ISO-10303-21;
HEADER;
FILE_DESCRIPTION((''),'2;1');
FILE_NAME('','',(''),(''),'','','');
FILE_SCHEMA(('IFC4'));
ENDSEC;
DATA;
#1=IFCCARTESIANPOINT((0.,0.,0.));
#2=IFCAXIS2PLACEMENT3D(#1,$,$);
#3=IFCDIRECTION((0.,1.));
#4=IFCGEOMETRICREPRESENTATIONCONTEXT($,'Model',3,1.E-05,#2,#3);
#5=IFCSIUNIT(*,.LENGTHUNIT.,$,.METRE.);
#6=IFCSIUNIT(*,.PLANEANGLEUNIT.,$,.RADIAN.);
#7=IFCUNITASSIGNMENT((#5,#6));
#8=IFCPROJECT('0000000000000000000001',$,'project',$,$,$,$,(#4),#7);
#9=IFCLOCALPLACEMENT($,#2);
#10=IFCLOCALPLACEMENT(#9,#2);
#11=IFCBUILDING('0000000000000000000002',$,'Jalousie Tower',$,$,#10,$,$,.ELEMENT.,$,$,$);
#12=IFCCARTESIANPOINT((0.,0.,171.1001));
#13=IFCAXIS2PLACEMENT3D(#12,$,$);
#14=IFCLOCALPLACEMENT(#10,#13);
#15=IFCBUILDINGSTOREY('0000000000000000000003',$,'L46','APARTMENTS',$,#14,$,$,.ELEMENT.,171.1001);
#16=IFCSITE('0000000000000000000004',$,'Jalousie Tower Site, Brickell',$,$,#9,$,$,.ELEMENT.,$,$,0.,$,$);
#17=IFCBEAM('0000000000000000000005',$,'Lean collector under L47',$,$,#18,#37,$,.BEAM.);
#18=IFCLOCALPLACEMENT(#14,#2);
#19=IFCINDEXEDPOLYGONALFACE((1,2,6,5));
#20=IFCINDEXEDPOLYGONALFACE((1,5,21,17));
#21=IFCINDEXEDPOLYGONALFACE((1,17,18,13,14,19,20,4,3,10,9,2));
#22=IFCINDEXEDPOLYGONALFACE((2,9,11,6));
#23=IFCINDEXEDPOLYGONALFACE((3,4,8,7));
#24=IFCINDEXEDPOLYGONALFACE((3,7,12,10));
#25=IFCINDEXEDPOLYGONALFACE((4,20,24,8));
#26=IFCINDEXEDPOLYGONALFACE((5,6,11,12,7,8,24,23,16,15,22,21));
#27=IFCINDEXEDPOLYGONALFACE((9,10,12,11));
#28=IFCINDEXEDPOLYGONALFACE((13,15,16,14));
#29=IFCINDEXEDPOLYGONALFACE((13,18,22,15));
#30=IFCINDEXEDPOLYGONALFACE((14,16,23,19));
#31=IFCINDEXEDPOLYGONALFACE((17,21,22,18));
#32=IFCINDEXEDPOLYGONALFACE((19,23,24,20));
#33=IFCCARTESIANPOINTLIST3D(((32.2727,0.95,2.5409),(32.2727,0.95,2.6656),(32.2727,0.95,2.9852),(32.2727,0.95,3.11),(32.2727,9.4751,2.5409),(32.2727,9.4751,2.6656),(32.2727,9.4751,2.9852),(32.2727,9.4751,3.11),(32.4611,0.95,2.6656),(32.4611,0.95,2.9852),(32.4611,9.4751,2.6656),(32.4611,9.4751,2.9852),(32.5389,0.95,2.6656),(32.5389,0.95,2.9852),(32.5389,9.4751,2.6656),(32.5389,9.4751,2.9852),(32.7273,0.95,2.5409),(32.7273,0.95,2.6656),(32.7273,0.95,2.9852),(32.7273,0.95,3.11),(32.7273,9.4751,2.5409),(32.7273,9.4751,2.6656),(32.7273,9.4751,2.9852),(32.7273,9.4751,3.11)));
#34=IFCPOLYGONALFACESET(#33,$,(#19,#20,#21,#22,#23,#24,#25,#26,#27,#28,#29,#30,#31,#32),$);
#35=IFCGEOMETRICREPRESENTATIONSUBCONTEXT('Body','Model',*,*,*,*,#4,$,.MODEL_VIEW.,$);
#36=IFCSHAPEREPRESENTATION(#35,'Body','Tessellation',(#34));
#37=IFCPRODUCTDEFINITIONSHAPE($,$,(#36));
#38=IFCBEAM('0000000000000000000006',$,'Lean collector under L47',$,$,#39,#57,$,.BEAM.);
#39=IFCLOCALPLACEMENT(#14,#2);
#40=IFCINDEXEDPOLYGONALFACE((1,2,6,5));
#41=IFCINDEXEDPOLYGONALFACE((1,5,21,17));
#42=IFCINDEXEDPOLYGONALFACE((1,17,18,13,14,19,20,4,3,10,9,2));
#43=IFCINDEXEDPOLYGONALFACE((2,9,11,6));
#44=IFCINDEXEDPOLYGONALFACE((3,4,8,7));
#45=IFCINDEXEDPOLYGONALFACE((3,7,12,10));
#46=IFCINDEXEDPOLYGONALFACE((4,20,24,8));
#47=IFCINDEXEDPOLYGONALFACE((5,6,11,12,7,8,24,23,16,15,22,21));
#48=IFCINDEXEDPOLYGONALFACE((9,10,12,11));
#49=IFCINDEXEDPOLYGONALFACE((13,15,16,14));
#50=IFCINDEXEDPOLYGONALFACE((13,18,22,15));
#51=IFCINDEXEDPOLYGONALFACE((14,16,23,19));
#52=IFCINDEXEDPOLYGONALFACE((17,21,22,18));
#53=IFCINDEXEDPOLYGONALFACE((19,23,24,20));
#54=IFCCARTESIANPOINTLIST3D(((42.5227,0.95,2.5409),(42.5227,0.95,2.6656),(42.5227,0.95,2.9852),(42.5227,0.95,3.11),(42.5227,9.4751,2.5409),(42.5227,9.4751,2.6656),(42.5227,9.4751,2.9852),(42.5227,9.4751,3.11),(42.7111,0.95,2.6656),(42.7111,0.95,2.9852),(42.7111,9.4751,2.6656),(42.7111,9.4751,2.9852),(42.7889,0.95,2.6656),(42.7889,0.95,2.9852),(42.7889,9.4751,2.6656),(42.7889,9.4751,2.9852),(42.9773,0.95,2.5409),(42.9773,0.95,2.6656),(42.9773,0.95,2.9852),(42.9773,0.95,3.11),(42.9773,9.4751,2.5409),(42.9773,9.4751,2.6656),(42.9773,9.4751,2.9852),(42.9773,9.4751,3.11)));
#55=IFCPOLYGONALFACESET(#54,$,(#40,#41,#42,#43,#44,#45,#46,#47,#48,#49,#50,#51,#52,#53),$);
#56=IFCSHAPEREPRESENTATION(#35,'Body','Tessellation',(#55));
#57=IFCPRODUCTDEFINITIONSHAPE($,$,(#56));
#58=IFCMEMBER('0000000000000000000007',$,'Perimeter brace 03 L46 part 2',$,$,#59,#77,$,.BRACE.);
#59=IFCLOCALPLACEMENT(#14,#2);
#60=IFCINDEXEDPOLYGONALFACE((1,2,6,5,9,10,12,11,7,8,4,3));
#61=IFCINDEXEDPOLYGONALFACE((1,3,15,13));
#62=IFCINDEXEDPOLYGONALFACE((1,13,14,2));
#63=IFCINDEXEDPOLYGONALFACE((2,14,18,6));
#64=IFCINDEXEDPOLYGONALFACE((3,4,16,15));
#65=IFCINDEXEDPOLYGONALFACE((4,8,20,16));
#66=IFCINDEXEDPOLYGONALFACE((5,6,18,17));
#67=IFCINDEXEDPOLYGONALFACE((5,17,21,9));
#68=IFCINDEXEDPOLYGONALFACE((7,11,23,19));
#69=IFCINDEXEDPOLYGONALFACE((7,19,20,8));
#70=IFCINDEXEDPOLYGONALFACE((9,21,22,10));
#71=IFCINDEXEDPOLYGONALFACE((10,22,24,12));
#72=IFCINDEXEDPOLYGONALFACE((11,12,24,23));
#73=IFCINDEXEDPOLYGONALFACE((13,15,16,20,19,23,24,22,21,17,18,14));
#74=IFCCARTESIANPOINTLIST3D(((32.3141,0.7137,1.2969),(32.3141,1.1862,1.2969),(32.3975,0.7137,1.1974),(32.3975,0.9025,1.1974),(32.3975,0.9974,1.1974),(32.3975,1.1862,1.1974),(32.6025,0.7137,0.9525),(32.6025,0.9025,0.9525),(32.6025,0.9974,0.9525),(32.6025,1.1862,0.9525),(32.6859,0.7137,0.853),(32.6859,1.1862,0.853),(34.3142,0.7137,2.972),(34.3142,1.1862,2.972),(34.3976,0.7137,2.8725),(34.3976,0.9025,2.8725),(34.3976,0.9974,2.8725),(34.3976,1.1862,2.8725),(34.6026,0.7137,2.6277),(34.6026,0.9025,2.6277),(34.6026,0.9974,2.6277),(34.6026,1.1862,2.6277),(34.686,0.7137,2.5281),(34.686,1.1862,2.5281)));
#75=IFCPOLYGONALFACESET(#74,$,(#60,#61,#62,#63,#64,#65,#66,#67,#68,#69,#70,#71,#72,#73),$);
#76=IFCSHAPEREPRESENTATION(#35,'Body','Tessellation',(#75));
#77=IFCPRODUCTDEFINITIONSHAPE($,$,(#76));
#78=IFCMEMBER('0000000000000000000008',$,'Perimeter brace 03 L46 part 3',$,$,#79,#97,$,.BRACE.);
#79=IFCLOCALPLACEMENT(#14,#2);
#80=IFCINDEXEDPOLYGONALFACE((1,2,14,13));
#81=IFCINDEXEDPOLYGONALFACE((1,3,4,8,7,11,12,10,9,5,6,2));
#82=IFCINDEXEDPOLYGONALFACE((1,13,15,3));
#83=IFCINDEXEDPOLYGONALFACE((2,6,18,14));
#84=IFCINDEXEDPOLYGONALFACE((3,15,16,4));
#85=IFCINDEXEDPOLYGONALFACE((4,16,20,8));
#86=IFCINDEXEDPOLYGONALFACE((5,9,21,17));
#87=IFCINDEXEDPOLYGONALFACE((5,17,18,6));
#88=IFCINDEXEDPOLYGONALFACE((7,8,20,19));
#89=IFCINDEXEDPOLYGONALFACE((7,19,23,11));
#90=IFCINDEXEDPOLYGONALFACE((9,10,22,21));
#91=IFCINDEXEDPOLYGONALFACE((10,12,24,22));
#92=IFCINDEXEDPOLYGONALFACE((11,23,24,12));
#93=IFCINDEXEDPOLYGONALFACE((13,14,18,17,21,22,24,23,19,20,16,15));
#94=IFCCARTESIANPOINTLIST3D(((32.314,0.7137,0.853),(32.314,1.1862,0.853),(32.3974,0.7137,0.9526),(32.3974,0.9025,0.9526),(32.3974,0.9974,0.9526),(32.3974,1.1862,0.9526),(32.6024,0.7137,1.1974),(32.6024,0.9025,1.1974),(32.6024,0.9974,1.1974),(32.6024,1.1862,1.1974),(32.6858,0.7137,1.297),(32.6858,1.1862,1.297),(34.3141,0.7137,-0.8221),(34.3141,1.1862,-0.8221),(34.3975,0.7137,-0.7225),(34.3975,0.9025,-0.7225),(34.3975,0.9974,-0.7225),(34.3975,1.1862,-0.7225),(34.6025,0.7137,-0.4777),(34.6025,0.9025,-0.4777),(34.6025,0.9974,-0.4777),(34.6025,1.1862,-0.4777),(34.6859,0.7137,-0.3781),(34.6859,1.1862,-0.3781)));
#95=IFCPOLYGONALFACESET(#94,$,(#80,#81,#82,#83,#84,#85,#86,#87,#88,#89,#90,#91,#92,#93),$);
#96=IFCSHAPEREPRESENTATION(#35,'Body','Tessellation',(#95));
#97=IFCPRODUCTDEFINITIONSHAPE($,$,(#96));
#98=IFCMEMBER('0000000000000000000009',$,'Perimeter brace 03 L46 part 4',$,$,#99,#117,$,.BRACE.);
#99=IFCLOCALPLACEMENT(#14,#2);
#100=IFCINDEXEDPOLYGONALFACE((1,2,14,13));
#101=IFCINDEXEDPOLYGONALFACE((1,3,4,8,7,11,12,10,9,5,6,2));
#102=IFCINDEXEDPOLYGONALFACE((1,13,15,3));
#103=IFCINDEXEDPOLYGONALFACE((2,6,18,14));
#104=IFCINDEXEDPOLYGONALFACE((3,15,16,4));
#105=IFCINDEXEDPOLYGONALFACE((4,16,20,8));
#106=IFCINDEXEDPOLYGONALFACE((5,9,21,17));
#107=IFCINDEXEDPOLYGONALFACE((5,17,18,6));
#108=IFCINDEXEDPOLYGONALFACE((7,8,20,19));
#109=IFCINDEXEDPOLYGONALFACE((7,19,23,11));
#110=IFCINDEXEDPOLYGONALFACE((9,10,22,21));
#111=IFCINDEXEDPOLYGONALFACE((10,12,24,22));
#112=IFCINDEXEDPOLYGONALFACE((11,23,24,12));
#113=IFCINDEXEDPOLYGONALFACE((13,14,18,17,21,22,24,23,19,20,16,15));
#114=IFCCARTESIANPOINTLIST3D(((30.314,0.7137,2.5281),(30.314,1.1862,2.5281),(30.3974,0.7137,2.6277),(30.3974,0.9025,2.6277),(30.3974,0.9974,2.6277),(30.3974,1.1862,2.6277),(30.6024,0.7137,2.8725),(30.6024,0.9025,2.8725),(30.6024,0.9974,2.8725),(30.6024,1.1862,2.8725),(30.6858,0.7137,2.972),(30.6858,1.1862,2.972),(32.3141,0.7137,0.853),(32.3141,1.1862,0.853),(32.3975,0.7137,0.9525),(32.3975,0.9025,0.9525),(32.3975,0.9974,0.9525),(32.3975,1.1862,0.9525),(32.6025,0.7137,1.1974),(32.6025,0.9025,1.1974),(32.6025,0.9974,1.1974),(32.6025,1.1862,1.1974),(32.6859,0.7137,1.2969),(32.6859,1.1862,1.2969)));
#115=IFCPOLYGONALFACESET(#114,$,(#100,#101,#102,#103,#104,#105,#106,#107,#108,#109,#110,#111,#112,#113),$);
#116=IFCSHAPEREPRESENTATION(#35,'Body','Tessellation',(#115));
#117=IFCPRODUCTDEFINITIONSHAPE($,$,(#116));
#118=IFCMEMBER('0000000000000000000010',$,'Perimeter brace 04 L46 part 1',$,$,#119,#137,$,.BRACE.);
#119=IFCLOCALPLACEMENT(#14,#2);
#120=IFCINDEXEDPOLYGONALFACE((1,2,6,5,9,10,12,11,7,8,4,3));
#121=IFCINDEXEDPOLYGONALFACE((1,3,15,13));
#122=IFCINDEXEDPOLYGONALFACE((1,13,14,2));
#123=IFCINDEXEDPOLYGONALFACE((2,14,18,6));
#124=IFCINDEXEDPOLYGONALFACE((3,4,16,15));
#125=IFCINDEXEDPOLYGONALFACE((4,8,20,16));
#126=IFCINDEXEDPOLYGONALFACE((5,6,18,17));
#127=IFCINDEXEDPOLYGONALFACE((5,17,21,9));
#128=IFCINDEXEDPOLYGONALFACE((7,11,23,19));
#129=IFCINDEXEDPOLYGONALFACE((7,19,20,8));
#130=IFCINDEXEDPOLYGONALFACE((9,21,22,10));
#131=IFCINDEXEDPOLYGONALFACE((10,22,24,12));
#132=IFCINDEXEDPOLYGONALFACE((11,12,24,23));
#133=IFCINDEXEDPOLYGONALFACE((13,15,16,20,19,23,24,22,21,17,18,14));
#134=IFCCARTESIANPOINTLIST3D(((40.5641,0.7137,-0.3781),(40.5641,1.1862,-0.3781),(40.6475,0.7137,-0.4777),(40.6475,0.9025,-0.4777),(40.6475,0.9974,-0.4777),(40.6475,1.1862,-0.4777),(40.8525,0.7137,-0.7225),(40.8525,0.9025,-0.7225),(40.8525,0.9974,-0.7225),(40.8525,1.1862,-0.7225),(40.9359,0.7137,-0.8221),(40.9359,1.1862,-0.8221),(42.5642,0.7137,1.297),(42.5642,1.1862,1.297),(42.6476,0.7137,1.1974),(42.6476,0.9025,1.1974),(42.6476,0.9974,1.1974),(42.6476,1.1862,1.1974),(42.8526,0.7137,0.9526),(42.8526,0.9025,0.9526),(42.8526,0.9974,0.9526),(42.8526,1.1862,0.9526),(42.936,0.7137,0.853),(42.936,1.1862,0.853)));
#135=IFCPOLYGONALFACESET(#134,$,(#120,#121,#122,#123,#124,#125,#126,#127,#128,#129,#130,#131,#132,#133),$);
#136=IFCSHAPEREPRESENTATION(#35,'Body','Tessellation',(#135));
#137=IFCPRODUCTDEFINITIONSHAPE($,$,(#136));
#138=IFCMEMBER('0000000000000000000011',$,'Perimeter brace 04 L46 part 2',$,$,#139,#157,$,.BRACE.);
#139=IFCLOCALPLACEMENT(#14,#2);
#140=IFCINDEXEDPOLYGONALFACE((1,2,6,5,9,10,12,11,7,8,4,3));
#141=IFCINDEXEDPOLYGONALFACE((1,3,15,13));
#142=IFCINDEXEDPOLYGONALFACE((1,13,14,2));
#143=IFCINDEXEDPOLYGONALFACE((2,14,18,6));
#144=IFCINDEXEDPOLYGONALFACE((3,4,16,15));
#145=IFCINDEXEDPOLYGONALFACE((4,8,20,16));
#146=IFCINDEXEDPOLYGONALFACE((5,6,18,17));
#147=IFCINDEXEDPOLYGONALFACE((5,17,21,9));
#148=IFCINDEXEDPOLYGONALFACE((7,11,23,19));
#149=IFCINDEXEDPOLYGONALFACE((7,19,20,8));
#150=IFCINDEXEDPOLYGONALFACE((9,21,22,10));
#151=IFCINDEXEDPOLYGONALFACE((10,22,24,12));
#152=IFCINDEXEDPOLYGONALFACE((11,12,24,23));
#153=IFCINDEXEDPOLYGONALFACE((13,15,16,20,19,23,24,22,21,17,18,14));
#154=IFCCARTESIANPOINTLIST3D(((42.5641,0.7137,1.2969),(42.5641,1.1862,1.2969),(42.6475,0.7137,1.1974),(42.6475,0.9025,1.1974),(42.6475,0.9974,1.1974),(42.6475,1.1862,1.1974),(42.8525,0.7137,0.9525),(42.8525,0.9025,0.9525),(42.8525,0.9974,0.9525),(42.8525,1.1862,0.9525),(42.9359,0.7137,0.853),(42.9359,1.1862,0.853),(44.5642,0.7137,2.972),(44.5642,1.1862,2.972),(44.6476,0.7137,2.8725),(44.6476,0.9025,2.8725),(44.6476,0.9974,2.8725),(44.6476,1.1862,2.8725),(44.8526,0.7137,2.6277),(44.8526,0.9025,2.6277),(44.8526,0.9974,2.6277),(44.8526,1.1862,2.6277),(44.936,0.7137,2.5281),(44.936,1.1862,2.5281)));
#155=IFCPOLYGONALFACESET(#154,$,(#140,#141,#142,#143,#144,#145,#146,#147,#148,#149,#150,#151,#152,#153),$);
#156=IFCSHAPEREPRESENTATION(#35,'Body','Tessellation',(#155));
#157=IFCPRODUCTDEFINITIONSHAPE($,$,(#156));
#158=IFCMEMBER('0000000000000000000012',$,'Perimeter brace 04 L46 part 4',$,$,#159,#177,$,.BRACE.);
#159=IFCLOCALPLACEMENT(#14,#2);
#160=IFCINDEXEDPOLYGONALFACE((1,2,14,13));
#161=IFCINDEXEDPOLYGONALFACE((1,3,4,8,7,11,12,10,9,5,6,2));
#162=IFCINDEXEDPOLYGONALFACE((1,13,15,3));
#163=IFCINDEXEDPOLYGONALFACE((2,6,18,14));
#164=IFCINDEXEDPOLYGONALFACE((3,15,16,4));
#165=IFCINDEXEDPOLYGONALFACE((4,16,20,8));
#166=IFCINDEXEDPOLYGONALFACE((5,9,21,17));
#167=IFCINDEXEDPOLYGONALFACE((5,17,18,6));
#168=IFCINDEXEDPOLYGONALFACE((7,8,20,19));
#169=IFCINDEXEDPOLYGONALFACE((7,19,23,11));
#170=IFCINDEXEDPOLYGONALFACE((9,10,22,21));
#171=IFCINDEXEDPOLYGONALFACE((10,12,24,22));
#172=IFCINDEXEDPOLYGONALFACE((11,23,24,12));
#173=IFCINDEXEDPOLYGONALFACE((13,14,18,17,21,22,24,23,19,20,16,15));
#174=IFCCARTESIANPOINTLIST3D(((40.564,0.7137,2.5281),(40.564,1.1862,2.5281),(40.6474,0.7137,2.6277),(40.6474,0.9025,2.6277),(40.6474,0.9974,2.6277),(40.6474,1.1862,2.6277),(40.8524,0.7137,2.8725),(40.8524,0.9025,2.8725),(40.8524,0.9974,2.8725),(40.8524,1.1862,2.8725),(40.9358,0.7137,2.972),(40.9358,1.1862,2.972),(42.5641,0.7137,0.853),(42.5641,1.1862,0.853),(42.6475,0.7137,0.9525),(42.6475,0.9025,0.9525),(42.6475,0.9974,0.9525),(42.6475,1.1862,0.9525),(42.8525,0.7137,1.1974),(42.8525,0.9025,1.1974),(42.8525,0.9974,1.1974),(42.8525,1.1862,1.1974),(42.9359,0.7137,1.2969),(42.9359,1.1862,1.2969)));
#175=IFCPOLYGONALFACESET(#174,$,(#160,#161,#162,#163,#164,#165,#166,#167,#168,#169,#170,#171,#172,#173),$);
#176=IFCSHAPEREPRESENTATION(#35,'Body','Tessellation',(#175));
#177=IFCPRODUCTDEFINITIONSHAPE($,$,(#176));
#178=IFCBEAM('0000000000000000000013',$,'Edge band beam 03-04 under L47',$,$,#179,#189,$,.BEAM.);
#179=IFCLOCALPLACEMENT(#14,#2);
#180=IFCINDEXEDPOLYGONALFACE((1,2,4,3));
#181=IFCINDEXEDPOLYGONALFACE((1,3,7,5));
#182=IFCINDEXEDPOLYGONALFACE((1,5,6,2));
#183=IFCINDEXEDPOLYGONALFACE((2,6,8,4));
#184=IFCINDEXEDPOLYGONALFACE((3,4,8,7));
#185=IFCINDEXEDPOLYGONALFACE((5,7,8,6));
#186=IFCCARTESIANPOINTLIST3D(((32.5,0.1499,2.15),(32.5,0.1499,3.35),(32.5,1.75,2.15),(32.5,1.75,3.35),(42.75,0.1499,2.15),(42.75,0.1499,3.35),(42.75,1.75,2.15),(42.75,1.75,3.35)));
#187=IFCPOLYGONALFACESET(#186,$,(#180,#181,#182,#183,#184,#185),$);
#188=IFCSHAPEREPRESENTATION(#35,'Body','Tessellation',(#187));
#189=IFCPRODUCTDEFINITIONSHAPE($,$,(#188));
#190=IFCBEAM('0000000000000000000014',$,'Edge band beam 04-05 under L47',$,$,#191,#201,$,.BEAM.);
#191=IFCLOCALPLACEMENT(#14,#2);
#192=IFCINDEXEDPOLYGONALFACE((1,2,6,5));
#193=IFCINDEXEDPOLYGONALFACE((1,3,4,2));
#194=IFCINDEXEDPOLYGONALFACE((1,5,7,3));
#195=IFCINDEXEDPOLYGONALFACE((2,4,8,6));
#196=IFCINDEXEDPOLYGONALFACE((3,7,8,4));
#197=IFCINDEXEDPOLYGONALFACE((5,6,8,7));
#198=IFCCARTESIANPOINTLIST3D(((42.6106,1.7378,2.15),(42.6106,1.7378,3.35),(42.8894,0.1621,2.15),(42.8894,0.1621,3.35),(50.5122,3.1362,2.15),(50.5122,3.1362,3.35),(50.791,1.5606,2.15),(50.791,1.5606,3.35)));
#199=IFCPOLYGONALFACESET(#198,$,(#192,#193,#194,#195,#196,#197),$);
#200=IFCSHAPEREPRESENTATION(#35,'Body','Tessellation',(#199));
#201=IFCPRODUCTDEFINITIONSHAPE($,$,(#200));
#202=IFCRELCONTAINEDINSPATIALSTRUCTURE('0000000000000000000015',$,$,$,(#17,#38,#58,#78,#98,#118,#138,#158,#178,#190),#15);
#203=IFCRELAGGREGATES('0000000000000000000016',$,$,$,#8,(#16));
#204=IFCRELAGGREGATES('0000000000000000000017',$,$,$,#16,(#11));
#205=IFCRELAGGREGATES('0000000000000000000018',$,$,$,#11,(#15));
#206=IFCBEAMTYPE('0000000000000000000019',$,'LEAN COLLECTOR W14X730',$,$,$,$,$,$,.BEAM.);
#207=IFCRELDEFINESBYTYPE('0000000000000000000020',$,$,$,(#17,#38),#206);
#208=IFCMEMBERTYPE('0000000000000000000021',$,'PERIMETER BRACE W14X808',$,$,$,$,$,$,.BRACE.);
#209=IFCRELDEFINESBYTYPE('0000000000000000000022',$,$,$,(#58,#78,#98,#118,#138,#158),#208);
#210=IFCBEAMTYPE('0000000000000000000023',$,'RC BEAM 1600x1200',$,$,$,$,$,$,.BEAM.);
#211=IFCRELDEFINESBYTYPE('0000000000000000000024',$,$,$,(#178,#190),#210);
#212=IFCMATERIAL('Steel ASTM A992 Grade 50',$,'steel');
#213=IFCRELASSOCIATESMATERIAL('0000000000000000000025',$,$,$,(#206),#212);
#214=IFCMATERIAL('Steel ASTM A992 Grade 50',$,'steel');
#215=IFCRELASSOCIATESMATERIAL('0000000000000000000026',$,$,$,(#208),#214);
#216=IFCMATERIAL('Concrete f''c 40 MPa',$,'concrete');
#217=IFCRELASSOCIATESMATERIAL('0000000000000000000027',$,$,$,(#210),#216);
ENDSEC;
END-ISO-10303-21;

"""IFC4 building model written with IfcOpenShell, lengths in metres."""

from ifc_helpers import new_model, si_unit, direction, frame, origin, origin_2d, place, context, subcontext, project, spatial, rectangle, i_section, extrude, material, material_profile, profile_set, type_object, element, save


model = new_model("IFC4")

# Units and contexts
model_context = context("Model", 3, precision=1e-05, world=origin(), true_north=direction((0.0, 1.0)))
body_context = subcontext(model_context, "Body", "Model", "MODEL_VIEW")
ifc_project = project(units=[si_unit("LENGTHUNIT", "METRE"), si_unit("PLANEANGLEUNIT", "RADIAN")], contexts=[model_context])

# Site, building, storey
site_placement = place(None, origin())
site = spatial("IfcSite", under=ifc_project, at=site_placement, Name="Jalousie Tower Site, Brickell", CompositionType="ELEMENT", RefElevation=0.0)
building_placement = place(site_placement, origin())
building = spatial("IfcBuilding", under=site, at=building_placement, Name="Jalousie Tower", CompositionType="ELEMENT")
storey_placement = place(building_placement, frame((0.0, 0.0, 171.1001)))
storey = spatial("IfcBuildingStorey", under=building, at=storey_placement, Name="L46", Description="APARTMENTS", CompositionType="ELEMENT", Elevation=171.1001)

# Beams
ifc_material_1 = material(Name="Steel ASTM A992 Grade 50", Category="steel")
ifc_material_profile_1 = material_profile(ifc_material_1, i_section(OverallWidth=0.4546, OverallDepth=0.5691, WebThickness=0.0779, FlangeThickness=0.1248, at=origin_2d()), Name="W14X730")
ifc_profile_set_1 = profile_set([ifc_material_profile_1], Name="Steel ASTM A992 Grade 50")
beam_type_1 = type_object("IfcBeamType", Name="LEAN COLLECTOR W14X730", PredefinedType="BEAM", material=ifc_profile_set_1)
for number, where, z_axis, x_axis, name in (
    (1, (32.5, 0.95, 2.8254), (0.0, 1.0, 0.0), (-1.0, 0.0, 0.0), "Lean collector under L47"),
    (2, (42.75, 0.95, 2.8254), (0.0, 1.0, 0.0), (-1.0, 0.0, 0.0), "Lean collector under L47"),
):
    element("IfcBeam", number, at=place(storey_placement, frame(where, z_axis=z_axis, x_axis=x_axis)), inside=storey, type_object=beam_type_1, Name=name, PredefinedType="BEAM", context=body_context, shape_type="SweptSolid", body=[
        extrude(i_section(OverallWidth=0.4546, OverallDepth=0.5691, WebThickness=0.0779, FlangeThickness=0.1248, at=origin_2d()), origin(), (0.0, 0.0, 1.0), 8.5251),
    ])

# Members
ifc_material_2 = material(Name="Steel ASTM A992 Grade 50", Category="steel")
ifc_material_profile_2 = material_profile(ifc_material_2, i_section(OverallWidth=0.4724, OverallDepth=0.5791, WebThickness=0.095, FlangeThickness=0.1299, at=origin_2d()), Name="W14X808")
ifc_profile_set_2 = profile_set([ifc_material_profile_2], Name="Steel ASTM A992 Grade 50")
member_type_1 = type_object("IfcMemberType", Name="PERIMETER BRACE W14X808", PredefinedType="BRACE", material=ifc_profile_set_2)
for number, where, z_axis, x_axis, name in (
    (3, (32.5, 0.95, 1.075), (0.766639, 0.0, 0.642079), (0.0, 1.0, 0.0), "Perimeter brace 03 L46 part 2"),
    (4, (34.5, 0.95, -0.6001), (-0.766639, 0.0, 0.642079), (0.0, -1.0, 0.0), "Perimeter brace 03 L46 part 3"),
    (5, (32.5, 0.95, 1.075), (-0.766639, 0.0, 0.642079), (0.0, -1.0, 0.0), "Perimeter brace 03 L46 part 4"),
    (6, (40.75, 0.95, -0.6001), (0.766639, 0.0, 0.642079), (0.0, 1.0, 0.0), "Perimeter brace 04 L46 part 1"),
    (7, (42.75, 0.95, 1.075), (0.766639, 0.0, 0.642079), (0.0, 1.0, 0.0), "Perimeter brace 04 L46 part 2"),
    (8, (42.75, 0.95, 1.075), (-0.766639, 0.0, 0.642079), (0.0, -1.0, 0.0), "Perimeter brace 04 L46 part 4"),
):
    element("IfcMember", number, at=place(storey_placement, frame(where, z_axis=z_axis, x_axis=x_axis)), inside=storey, type_object=member_type_1, Name=name, PredefinedType="BRACE", context=body_context, shape_type="SweptSolid", body=[
        extrude(i_section(OverallWidth=0.4724, OverallDepth=0.5791, WebThickness=0.095, FlangeThickness=0.1299, at=origin_2d()), origin(), (0.0, 0.0, 1.0), 2.6089),
    ])

# Beams
ifc_material_3 = material(Name="Concrete f'c 40 MPa", Category="concrete")
ifc_material_profile_3 = material_profile(ifc_material_3, rectangle(XDim=1.6001, YDim=1.2, at=origin_2d()), Name="RC 1600x1200")
ifc_profile_set_3 = profile_set([ifc_material_profile_3], Name="Concrete f'c 40 MPa")
beam_type_2 = type_object("IfcBeamType", Name="RC BEAM 1600x1200", PredefinedType="BEAM", material=ifc_profile_set_3)
beam_1_placement = place(storey_placement, frame((32.5, 0.95, 2.75), z_axis=(1.0, 0.0, 0.0), x_axis=(0.0, 1.0, 0.0)))
element("IfcBeam", 9, at=beam_1_placement, inside=storey, type_object=beam_type_2, Name="Edge band beam 03-04 under L47", PredefinedType="BEAM", context=body_context, shape_type="SweptSolid", body=[
    extrude(rectangle(XDim=1.6001, YDim=1.2, at=origin_2d()), origin(), (0.0, 0.0, 1.0), 10.25),
])
beam_2_placement = place(storey_placement, frame((42.75, 0.95, 2.75), z_axis=(0.984697, 0.174273, 0.0), x_axis=(-0.174273, 0.984697, 0.0)))
element("IfcBeam", 10, at=beam_2_placement, inside=storey, type_object=beam_type_2, Name="Edge band beam 04-05 under L47", PredefinedType="BEAM", context=body_context, shape_type="SweptSolid", body=[
    extrude(rectangle(XDim=1.6001, YDim=1.2, at=origin_2d()), origin(), (0.0, 0.0, 1.0), 8.0244),
])

save(model, "model.ifc")
